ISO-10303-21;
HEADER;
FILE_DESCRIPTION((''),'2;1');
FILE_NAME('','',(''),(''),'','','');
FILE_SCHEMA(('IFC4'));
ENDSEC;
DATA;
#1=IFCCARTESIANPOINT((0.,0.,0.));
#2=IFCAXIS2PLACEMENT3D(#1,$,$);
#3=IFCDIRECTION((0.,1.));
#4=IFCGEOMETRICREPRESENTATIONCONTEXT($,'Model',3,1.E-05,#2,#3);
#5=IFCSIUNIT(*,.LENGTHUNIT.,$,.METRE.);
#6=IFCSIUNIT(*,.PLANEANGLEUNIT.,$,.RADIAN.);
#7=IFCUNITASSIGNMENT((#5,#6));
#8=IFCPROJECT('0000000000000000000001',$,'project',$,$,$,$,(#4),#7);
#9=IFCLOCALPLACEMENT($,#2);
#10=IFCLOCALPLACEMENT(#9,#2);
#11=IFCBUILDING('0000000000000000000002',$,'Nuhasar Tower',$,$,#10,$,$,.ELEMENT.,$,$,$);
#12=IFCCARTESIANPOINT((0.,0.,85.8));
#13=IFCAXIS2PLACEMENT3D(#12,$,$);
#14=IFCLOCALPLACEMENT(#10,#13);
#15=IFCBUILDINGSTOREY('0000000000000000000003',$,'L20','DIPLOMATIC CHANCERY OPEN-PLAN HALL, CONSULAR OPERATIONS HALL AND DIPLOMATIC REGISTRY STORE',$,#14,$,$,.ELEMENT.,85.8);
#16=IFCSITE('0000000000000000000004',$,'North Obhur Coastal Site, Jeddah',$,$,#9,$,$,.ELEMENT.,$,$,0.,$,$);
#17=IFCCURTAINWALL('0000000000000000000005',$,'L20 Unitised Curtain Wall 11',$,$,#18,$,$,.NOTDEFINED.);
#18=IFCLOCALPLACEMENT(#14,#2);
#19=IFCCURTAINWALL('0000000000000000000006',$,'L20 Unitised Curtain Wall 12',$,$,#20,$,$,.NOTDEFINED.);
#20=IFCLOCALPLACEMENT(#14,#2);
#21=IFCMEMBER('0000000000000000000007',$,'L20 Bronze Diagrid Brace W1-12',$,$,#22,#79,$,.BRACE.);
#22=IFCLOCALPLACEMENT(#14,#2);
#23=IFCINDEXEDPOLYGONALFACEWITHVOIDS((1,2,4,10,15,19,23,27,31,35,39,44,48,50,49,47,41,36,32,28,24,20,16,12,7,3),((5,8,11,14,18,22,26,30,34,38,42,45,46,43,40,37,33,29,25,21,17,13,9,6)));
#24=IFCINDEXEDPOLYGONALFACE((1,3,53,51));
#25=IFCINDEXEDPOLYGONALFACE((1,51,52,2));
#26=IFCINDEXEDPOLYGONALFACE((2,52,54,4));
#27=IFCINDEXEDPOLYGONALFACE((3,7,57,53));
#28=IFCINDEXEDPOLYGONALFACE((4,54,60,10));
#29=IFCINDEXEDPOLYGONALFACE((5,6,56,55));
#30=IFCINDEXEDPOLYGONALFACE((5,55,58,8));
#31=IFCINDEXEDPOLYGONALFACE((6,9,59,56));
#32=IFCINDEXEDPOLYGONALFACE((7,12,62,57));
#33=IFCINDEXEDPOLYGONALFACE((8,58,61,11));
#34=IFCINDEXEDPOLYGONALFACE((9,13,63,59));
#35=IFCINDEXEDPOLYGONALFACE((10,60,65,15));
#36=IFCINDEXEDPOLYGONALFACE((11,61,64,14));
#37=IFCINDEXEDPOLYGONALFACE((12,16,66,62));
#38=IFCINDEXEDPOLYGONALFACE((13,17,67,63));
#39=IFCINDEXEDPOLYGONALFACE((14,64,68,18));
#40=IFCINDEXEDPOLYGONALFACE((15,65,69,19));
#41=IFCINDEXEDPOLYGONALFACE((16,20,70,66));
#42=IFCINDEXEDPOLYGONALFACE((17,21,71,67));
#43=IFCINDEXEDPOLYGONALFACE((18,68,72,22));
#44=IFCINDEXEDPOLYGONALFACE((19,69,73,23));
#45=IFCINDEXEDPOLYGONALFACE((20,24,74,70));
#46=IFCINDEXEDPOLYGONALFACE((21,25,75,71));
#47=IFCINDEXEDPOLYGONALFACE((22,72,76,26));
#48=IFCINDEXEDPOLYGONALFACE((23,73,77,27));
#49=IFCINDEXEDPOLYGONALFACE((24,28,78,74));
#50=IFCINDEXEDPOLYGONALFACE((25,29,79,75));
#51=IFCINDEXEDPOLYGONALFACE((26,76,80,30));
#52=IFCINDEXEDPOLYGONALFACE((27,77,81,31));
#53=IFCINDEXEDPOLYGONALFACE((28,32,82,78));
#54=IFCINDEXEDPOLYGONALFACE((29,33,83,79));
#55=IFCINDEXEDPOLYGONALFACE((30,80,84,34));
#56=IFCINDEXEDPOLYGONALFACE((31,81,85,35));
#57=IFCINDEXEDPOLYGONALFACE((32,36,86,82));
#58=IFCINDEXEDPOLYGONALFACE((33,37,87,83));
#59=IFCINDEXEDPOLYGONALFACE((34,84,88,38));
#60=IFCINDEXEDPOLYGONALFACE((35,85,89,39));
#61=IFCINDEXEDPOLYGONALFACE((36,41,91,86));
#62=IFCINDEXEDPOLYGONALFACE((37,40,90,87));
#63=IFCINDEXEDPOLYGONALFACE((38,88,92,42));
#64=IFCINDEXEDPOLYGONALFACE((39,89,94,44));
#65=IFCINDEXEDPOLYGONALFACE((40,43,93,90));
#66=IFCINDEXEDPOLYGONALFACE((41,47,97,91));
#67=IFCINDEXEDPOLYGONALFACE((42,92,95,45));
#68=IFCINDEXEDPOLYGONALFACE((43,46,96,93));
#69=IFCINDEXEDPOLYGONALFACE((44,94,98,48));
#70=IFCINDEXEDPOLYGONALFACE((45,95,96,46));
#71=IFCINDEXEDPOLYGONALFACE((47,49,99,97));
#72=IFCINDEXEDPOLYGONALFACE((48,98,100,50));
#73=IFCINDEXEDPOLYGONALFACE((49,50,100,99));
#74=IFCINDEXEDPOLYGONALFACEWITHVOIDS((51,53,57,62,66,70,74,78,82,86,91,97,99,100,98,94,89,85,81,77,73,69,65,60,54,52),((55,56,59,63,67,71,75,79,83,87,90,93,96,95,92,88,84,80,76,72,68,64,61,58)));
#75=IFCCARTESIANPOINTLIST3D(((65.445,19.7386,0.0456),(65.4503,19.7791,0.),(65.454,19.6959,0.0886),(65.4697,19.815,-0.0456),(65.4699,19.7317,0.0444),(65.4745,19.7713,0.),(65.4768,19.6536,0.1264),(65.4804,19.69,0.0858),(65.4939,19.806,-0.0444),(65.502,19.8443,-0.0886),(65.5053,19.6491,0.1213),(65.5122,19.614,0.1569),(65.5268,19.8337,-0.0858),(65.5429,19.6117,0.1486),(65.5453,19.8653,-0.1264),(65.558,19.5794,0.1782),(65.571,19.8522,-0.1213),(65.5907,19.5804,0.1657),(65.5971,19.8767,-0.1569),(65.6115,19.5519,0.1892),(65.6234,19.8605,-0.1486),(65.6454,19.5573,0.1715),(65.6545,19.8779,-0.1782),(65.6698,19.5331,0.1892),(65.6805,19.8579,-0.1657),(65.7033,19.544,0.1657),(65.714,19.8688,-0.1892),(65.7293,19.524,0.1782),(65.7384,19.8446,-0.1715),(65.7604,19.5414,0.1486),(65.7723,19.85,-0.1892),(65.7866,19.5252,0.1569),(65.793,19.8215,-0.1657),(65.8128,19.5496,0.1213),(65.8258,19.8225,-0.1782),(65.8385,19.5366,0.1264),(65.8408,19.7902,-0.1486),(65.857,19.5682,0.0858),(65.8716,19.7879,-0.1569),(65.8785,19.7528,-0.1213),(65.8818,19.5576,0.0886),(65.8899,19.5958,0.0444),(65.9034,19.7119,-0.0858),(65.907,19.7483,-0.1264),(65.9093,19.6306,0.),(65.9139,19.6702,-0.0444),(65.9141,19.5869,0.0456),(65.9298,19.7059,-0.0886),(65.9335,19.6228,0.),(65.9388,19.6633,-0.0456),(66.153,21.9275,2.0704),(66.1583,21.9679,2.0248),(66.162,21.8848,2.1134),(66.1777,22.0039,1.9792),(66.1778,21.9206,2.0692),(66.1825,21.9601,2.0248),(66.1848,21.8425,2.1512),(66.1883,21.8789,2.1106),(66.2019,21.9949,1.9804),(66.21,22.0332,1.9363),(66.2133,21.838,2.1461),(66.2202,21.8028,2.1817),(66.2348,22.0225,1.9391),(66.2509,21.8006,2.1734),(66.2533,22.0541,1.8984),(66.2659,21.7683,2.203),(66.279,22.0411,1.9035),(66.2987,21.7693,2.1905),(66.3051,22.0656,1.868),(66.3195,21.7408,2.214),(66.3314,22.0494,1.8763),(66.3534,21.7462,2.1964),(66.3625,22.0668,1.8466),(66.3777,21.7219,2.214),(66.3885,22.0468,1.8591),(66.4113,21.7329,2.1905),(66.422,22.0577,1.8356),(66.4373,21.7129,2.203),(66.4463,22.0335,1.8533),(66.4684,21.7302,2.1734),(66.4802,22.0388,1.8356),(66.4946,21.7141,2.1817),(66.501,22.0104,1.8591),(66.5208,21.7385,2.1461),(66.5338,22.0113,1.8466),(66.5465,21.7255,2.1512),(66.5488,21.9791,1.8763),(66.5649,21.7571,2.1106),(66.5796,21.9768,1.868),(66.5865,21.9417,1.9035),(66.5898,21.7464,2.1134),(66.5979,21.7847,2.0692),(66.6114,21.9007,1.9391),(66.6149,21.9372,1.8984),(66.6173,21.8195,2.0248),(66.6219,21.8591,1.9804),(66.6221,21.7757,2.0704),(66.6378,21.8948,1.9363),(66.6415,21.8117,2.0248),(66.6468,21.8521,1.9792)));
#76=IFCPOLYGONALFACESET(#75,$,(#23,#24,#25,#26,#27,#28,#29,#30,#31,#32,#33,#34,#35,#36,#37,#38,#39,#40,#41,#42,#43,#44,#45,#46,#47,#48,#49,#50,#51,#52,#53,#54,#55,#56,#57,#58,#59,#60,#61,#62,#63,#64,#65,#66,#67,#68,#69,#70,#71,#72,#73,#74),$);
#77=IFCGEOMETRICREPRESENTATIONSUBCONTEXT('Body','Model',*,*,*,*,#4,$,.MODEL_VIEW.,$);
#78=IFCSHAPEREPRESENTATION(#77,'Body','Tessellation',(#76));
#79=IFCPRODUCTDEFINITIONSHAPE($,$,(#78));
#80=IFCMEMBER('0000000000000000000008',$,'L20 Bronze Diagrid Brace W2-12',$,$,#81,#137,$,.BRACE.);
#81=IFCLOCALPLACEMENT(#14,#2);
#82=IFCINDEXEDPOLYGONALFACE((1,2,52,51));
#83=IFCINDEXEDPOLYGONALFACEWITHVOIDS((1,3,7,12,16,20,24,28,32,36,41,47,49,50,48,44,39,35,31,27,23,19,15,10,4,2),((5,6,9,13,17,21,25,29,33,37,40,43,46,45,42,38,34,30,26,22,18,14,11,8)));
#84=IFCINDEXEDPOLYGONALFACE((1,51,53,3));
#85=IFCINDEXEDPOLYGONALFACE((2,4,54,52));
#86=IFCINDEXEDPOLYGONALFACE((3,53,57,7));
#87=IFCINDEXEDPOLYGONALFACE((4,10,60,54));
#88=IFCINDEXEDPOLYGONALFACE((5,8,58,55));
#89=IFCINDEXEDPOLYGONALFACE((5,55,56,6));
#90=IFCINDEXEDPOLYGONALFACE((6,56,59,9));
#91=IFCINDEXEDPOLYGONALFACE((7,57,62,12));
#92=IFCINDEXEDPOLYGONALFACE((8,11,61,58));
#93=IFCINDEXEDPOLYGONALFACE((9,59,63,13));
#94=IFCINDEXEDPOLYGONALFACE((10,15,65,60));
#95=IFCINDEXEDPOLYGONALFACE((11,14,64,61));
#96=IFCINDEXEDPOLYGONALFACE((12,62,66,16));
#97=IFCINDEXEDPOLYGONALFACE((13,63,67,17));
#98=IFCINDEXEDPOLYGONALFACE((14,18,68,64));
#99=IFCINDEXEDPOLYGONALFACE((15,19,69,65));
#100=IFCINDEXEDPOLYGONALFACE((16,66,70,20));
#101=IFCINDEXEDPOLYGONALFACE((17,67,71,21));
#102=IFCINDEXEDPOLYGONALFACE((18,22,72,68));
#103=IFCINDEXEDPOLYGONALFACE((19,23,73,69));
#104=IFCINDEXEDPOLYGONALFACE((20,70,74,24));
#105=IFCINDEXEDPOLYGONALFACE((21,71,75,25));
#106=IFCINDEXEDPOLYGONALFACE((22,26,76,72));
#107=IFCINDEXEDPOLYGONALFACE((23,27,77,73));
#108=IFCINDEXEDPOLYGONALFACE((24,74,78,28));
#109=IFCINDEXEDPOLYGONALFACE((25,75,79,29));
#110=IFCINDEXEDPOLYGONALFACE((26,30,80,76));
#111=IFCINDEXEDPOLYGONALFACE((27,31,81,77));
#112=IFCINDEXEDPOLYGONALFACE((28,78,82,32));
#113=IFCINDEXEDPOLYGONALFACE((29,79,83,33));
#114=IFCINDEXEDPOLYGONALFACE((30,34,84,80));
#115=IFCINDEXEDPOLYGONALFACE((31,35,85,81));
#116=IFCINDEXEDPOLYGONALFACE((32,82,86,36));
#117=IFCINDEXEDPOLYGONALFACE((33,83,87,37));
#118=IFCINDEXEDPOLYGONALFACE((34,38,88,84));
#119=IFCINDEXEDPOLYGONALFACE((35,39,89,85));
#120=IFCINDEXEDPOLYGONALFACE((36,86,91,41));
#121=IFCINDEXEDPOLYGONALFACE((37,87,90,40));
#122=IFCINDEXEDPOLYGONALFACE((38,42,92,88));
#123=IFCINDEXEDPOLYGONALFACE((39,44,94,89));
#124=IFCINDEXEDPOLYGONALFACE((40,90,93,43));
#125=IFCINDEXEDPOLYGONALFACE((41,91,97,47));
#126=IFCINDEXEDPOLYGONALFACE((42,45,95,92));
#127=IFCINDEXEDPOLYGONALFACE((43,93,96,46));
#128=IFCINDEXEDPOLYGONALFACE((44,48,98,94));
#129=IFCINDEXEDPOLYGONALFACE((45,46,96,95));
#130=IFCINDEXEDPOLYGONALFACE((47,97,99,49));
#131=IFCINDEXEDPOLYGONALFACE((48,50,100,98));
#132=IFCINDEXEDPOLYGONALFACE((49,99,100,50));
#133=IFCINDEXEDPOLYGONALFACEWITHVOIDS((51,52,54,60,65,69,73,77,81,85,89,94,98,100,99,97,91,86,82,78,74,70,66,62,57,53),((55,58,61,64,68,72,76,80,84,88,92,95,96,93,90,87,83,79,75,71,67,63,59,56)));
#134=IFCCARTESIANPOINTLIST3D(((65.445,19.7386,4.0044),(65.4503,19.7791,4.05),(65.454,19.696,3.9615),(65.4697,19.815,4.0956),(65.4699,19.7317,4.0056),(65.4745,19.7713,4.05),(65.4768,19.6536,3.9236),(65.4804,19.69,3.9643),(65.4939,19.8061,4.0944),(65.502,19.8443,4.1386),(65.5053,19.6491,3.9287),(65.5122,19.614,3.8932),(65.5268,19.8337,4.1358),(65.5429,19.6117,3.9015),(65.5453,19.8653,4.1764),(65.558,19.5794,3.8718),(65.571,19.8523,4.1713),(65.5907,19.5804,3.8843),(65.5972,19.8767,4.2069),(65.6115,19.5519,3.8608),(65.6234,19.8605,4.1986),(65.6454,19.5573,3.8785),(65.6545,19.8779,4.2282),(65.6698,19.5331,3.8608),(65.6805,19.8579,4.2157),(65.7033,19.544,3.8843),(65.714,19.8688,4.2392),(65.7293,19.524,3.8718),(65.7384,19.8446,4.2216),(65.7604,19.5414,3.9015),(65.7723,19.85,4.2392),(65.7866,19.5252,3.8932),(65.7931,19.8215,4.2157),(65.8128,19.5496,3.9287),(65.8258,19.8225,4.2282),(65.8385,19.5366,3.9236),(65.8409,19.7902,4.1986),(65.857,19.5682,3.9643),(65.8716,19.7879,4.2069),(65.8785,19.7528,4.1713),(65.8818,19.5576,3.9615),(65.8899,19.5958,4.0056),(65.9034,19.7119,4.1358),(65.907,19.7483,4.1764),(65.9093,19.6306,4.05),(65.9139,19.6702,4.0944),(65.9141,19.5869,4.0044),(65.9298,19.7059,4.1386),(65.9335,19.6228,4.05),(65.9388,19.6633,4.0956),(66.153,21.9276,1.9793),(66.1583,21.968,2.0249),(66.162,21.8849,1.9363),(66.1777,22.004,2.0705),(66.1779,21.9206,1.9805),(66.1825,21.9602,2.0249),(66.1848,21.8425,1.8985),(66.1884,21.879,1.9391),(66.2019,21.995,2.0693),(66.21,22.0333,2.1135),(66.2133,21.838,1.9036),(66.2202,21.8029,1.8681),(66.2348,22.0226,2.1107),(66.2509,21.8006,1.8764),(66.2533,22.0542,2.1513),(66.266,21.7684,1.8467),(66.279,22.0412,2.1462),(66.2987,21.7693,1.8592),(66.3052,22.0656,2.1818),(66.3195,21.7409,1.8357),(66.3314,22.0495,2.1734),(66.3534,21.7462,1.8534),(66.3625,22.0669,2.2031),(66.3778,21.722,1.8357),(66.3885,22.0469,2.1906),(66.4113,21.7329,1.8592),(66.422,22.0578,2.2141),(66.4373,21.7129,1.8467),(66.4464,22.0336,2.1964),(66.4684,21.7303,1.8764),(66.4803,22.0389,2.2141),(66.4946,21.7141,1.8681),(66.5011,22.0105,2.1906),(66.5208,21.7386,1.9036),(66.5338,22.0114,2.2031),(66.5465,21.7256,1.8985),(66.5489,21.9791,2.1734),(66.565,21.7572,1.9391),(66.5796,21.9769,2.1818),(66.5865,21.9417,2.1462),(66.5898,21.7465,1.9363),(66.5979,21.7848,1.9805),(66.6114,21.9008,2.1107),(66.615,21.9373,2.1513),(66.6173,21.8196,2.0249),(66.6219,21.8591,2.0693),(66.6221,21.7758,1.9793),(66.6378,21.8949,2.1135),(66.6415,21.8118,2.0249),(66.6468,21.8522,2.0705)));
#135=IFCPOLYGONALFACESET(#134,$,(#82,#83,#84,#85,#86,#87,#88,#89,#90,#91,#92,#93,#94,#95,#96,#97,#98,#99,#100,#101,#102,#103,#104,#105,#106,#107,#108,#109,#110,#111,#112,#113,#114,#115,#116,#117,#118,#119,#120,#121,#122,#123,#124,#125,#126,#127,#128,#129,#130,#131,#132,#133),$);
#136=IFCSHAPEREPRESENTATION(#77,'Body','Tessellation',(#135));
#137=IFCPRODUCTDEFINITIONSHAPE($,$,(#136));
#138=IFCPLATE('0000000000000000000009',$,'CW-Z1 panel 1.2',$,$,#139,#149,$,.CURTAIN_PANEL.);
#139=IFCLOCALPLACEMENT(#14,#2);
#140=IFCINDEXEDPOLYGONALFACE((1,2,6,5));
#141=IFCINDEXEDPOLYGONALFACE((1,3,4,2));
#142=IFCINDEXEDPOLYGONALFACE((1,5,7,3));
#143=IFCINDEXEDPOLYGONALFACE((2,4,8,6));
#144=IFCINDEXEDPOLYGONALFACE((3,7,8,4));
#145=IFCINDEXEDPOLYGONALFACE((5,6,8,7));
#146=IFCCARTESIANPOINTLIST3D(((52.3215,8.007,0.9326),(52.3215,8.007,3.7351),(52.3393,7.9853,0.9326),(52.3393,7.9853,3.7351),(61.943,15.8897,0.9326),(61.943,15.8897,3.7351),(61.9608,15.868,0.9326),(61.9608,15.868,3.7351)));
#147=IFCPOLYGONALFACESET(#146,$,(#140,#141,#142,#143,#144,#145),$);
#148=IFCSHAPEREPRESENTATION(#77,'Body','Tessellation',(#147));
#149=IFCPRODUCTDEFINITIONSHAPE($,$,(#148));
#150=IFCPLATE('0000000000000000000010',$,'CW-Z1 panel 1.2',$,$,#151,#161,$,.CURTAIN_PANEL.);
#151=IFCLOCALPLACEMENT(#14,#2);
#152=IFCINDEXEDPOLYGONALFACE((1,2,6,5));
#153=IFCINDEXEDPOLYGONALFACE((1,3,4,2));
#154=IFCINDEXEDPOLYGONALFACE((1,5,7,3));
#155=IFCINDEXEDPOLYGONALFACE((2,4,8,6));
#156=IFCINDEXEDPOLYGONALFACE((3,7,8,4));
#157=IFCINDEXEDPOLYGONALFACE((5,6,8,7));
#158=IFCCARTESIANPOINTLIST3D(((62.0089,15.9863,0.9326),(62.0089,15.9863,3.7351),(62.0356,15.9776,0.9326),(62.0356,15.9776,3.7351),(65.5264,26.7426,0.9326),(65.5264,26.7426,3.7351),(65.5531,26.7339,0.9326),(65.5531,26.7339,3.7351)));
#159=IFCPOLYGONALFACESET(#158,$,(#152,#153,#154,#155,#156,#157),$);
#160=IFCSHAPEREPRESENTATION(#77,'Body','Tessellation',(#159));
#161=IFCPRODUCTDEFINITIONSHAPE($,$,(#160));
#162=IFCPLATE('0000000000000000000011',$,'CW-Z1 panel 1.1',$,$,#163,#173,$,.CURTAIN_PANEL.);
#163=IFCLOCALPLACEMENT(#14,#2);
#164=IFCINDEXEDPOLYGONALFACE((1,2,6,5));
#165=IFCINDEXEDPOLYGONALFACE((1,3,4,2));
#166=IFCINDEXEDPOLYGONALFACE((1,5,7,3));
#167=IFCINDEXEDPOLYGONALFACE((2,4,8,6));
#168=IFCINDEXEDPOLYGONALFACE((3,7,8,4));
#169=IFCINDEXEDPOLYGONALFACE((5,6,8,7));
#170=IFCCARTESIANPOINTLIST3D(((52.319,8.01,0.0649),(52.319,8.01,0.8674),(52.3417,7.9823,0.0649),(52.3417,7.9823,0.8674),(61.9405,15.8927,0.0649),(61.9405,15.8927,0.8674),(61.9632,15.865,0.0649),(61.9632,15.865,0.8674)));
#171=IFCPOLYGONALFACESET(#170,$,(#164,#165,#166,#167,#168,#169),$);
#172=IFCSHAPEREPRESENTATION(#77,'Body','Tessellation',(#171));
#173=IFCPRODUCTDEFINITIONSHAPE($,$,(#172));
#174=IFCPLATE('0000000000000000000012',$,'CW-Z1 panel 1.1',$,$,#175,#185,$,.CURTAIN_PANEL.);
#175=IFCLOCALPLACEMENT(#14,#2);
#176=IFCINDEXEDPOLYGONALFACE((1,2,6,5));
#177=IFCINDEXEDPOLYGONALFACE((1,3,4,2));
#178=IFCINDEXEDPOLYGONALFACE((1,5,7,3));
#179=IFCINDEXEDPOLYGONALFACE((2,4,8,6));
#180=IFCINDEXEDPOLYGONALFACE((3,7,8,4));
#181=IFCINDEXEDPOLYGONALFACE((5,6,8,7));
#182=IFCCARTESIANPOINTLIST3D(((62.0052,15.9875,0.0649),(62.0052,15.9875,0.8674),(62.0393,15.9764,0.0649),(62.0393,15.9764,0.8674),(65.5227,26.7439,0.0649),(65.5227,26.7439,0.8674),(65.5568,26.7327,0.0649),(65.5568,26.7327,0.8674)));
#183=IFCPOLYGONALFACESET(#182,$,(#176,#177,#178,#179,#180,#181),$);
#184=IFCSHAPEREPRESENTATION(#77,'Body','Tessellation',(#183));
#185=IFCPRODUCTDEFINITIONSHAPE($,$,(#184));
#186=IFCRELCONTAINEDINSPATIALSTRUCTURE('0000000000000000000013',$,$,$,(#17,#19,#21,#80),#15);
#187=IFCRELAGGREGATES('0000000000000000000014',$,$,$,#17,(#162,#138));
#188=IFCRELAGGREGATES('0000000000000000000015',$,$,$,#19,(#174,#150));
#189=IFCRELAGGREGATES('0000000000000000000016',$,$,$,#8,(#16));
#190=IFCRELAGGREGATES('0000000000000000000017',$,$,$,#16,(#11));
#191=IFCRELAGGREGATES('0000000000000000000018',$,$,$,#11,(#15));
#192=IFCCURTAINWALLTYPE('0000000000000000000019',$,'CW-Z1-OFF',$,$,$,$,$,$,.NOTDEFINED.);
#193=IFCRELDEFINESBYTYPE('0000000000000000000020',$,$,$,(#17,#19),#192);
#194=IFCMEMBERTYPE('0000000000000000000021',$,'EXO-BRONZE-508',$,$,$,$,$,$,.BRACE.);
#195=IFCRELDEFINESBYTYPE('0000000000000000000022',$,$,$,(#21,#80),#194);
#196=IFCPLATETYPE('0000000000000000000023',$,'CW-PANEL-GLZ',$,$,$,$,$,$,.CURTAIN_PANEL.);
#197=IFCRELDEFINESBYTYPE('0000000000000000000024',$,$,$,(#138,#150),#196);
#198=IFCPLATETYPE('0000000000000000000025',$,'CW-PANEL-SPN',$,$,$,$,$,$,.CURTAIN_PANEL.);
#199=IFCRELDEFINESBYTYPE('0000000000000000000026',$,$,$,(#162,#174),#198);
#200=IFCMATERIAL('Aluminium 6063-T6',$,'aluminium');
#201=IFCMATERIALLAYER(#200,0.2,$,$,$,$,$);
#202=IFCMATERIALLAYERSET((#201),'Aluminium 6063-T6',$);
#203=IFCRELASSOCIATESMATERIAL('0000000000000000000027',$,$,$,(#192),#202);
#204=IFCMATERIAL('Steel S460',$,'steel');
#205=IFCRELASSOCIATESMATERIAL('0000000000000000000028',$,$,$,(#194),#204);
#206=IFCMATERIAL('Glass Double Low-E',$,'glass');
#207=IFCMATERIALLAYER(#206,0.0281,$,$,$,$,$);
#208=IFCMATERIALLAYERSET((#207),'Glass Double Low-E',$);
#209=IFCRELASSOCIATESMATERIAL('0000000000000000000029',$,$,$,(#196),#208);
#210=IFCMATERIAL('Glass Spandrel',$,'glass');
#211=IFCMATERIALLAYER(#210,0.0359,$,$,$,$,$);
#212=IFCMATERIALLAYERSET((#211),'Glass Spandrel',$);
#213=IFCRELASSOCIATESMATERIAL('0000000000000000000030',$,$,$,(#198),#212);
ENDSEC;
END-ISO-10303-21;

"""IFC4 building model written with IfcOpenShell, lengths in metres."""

from ifc_helpers import new_model, si_unit, direction, frame, origin, origin_2d, place, context, subcontext, project, spatial, rectangle, hollow_circle, extrude, material, layer, layer_set, material_profile, profile_set, type_object, element, aggregate, save


model = new_model("IFC4")

# Units and contexts
model_context = context("Model", 3, precision=1e-05, world=origin(), true_north=direction((0.0, 1.0)))
body_context = subcontext(model_context, "Body", "Model", "MODEL_VIEW")
ifc_project = project(units=[si_unit("LENGTHUNIT", "METRE"), si_unit("PLANEANGLEUNIT", "RADIAN")], contexts=[model_context])

# Site, building, storey
site_placement = place(None, origin())
site = spatial("IfcSite", under=ifc_project, at=site_placement, Name="North Obhur Coastal Site, Jeddah", CompositionType="ELEMENT", RefElevation=0.0)
building_placement = place(site_placement, origin())
building = spatial("IfcBuilding", under=site, at=building_placement, Name="Nuhasar Tower", CompositionType="ELEMENT")
storey_placement = place(building_placement, frame((0.0, 0.0, 85.8)))
storey = spatial("IfcBuildingStorey", under=building, at=storey_placement, Name="L20", Description="DIPLOMATIC CHANCERY OPEN-PLAN HALL, CONSULAR OPERATIONS HALL AND DIPLOMATIC REGISTRY STORE", CompositionType="ELEMENT", Elevation=85.8)

# Curtain wall
ifc_material_1 = material(Name="Aluminium 6063-T6", Category="aluminium")
ifc_layer_1 = layer(ifc_material_1, 0.2)
ifc_layer_set_1 = layer_set([ifc_layer_1], Name="Aluminium 6063-T6")
curtain_wall_type = type_object("IfcCurtainWallType", Name="CW-Z1-OFF", PredefinedType="NOTDEFINED", material=ifc_layer_set_1)
curtain_wall_1_placement = place(storey_placement, origin())
curtain_wall_1 = element("IfcCurtainWall", 1, at=curtain_wall_1_placement, inside=storey, type_object=curtain_wall_type, Name="L20 Unitised Curtain Wall 11", PredefinedType="NOTDEFINED")

# Curtain wall
curtain_wall_2_placement = place(storey_placement, origin())
curtain_wall_2 = element("IfcCurtainWall", 2, at=curtain_wall_2_placement, inside=storey, type_object=curtain_wall_type, Name="L20 Unitised Curtain Wall 12", PredefinedType="NOTDEFINED")

# Members
ifc_material_2 = material(Name="Steel S460", Category="steel")
ifc_material_profile_1 = material_profile(ifc_material_2, hollow_circle(Radius=0.2539, WallThickness=0.0254, at=origin_2d()), Name="HSS508X25.4")
ifc_profile_set_1 = profile_set([ifc_material_profile_1], Name="Steel S460")
member_type_1 = type_object("IfcMemberType", Name="EXO-BRONZE-508", PredefinedType="BRACE", material=ifc_profile_set_1)
member_1_placement = place(storey_placement, frame((65.6919, 19.7009, 0.0), z_axis=(0.231012, 0.714225, 0.660694), x_axis=(-0.951468, 0.307747, 0.0)))
element("IfcMember", 3, at=member_1_placement, inside=storey, type_object=member_type_1, Name="L20 Bronze Diagrid Brace W1-12", PredefinedType="BRACE", context=body_context, shape_type="SweptSolid", body=[
    extrude(hollow_circle(Radius=0.2539, WallThickness=0.0254, at=origin_2d()), origin(), (0.0, 0.0, 1.0), 3.0647),
])
member_2_placement = place(storey_placement, frame((66.3999, 21.8899, 2.0249), z_axis=(-0.231, -0.714187, 0.660739), x_axis=(0.951468, -0.307747, 0.0)))
element("IfcMember", 4, at=member_2_placement, inside=storey, type_object=member_type_1, Name="L20 Bronze Diagrid Brace W2-12", PredefinedType="BRACE", context=body_context, shape_type="SweptSolid", body=[
    extrude(hollow_circle(Radius=0.2539, WallThickness=0.0254, at=origin_2d()), origin(), (0.0, 0.0, 1.0), 3.0649),
])

# Plates
ifc_material_3 = material(Name="Glass Double Low-E", Category="glass")
ifc_layer_2 = layer(ifc_material_3, 0.0281)
ifc_layer_set_2 = layer_set([ifc_layer_2], Name="Glass Double Low-E")
plate_type_1 = type_object("IfcPlateType", Name="CW-PANEL-GLZ", PredefinedType="CURTAIN_PANEL", material=ifc_layer_set_2)
plate_1_placement = place(storey_placement, frame((57.1411, 11.9375, 0.9326), z_axis=(0.0, 0.0, 1.0), x_axis=(0.773542, 0.633745, 0.0)))
plate_1 = element("IfcPlate", 5, at=plate_1_placement, type_object=plate_type_1, Name="CW-Z1 panel 1.2", PredefinedType="CURTAIN_PANEL", context=body_context, shape_type="SweptSolid", body=[
    extrude(rectangle(XDim=12.4382, YDim=0.0281, at=origin_2d()), origin(), (0.0, 0.0, 1.0), 2.8025),
])
plate_2_placement = place(storey_placement, frame((63.781, 21.3601, 0.9326), z_axis=(0.0, 0.0, 1.0), x_axis=(0.310824, 0.950468, 0.0)))
plate_2 = element("IfcPlate", 6, at=plate_2_placement, type_object=plate_type_1, Name="CW-Z1 panel 1.2", PredefinedType="CURTAIN_PANEL", context=body_context, shape_type="SweptSolid", body=[
    extrude(rectangle(XDim=11.3169, YDim=0.0281, at=origin_2d()), origin(), (0.0, 0.0, 1.0), 2.8025),
])
ifc_material_4 = material(Name="Glass Spandrel", Category="glass")
ifc_layer_3 = layer(ifc_material_4, 0.0359)
ifc_layer_set_3 = layer_set([ifc_layer_3], Name="Glass Spandrel")
plate_type_2 = type_object("IfcPlateType", Name="CW-PANEL-SPN", PredefinedType="CURTAIN_PANEL", material=ifc_layer_set_3)
plate_3_placement = place(storey_placement, frame((57.1411, 11.9375, 0.0649), z_axis=(0.0, 0.0, 1.0), x_axis=(0.773542, 0.633745, 0.0)))
plate_3 = element("IfcPlate", 7, at=plate_3_placement, type_object=plate_type_2, Name="CW-Z1 panel 1.1", PredefinedType="CURTAIN_PANEL", context=body_context, shape_type="SweptSolid", body=[
    extrude(rectangle(XDim=12.4382, YDim=0.0359, at=origin_2d()), origin(), (0.0, 0.0, 1.0), 0.8025),
])
aggregate(curtain_wall_1, [plate_3, plate_1])
plate_4_placement = place(storey_placement, frame((63.781, 21.3601, 0.0649), z_axis=(0.0, 0.0, 1.0), x_axis=(0.310824, 0.950468, 0.0)))
plate_4 = element("IfcPlate", 8, at=plate_4_placement, type_object=plate_type_2, Name="CW-Z1 panel 1.1", PredefinedType="CURTAIN_PANEL", context=body_context, shape_type="SweptSolid", body=[
    extrude(rectangle(XDim=11.3169, YDim=0.0359, at=origin_2d()), origin(), (0.0, 0.0, 1.0), 0.8025),
])
aggregate(curtain_wall_2, [plate_4, plate_2])

save(model, "model.ifc")
